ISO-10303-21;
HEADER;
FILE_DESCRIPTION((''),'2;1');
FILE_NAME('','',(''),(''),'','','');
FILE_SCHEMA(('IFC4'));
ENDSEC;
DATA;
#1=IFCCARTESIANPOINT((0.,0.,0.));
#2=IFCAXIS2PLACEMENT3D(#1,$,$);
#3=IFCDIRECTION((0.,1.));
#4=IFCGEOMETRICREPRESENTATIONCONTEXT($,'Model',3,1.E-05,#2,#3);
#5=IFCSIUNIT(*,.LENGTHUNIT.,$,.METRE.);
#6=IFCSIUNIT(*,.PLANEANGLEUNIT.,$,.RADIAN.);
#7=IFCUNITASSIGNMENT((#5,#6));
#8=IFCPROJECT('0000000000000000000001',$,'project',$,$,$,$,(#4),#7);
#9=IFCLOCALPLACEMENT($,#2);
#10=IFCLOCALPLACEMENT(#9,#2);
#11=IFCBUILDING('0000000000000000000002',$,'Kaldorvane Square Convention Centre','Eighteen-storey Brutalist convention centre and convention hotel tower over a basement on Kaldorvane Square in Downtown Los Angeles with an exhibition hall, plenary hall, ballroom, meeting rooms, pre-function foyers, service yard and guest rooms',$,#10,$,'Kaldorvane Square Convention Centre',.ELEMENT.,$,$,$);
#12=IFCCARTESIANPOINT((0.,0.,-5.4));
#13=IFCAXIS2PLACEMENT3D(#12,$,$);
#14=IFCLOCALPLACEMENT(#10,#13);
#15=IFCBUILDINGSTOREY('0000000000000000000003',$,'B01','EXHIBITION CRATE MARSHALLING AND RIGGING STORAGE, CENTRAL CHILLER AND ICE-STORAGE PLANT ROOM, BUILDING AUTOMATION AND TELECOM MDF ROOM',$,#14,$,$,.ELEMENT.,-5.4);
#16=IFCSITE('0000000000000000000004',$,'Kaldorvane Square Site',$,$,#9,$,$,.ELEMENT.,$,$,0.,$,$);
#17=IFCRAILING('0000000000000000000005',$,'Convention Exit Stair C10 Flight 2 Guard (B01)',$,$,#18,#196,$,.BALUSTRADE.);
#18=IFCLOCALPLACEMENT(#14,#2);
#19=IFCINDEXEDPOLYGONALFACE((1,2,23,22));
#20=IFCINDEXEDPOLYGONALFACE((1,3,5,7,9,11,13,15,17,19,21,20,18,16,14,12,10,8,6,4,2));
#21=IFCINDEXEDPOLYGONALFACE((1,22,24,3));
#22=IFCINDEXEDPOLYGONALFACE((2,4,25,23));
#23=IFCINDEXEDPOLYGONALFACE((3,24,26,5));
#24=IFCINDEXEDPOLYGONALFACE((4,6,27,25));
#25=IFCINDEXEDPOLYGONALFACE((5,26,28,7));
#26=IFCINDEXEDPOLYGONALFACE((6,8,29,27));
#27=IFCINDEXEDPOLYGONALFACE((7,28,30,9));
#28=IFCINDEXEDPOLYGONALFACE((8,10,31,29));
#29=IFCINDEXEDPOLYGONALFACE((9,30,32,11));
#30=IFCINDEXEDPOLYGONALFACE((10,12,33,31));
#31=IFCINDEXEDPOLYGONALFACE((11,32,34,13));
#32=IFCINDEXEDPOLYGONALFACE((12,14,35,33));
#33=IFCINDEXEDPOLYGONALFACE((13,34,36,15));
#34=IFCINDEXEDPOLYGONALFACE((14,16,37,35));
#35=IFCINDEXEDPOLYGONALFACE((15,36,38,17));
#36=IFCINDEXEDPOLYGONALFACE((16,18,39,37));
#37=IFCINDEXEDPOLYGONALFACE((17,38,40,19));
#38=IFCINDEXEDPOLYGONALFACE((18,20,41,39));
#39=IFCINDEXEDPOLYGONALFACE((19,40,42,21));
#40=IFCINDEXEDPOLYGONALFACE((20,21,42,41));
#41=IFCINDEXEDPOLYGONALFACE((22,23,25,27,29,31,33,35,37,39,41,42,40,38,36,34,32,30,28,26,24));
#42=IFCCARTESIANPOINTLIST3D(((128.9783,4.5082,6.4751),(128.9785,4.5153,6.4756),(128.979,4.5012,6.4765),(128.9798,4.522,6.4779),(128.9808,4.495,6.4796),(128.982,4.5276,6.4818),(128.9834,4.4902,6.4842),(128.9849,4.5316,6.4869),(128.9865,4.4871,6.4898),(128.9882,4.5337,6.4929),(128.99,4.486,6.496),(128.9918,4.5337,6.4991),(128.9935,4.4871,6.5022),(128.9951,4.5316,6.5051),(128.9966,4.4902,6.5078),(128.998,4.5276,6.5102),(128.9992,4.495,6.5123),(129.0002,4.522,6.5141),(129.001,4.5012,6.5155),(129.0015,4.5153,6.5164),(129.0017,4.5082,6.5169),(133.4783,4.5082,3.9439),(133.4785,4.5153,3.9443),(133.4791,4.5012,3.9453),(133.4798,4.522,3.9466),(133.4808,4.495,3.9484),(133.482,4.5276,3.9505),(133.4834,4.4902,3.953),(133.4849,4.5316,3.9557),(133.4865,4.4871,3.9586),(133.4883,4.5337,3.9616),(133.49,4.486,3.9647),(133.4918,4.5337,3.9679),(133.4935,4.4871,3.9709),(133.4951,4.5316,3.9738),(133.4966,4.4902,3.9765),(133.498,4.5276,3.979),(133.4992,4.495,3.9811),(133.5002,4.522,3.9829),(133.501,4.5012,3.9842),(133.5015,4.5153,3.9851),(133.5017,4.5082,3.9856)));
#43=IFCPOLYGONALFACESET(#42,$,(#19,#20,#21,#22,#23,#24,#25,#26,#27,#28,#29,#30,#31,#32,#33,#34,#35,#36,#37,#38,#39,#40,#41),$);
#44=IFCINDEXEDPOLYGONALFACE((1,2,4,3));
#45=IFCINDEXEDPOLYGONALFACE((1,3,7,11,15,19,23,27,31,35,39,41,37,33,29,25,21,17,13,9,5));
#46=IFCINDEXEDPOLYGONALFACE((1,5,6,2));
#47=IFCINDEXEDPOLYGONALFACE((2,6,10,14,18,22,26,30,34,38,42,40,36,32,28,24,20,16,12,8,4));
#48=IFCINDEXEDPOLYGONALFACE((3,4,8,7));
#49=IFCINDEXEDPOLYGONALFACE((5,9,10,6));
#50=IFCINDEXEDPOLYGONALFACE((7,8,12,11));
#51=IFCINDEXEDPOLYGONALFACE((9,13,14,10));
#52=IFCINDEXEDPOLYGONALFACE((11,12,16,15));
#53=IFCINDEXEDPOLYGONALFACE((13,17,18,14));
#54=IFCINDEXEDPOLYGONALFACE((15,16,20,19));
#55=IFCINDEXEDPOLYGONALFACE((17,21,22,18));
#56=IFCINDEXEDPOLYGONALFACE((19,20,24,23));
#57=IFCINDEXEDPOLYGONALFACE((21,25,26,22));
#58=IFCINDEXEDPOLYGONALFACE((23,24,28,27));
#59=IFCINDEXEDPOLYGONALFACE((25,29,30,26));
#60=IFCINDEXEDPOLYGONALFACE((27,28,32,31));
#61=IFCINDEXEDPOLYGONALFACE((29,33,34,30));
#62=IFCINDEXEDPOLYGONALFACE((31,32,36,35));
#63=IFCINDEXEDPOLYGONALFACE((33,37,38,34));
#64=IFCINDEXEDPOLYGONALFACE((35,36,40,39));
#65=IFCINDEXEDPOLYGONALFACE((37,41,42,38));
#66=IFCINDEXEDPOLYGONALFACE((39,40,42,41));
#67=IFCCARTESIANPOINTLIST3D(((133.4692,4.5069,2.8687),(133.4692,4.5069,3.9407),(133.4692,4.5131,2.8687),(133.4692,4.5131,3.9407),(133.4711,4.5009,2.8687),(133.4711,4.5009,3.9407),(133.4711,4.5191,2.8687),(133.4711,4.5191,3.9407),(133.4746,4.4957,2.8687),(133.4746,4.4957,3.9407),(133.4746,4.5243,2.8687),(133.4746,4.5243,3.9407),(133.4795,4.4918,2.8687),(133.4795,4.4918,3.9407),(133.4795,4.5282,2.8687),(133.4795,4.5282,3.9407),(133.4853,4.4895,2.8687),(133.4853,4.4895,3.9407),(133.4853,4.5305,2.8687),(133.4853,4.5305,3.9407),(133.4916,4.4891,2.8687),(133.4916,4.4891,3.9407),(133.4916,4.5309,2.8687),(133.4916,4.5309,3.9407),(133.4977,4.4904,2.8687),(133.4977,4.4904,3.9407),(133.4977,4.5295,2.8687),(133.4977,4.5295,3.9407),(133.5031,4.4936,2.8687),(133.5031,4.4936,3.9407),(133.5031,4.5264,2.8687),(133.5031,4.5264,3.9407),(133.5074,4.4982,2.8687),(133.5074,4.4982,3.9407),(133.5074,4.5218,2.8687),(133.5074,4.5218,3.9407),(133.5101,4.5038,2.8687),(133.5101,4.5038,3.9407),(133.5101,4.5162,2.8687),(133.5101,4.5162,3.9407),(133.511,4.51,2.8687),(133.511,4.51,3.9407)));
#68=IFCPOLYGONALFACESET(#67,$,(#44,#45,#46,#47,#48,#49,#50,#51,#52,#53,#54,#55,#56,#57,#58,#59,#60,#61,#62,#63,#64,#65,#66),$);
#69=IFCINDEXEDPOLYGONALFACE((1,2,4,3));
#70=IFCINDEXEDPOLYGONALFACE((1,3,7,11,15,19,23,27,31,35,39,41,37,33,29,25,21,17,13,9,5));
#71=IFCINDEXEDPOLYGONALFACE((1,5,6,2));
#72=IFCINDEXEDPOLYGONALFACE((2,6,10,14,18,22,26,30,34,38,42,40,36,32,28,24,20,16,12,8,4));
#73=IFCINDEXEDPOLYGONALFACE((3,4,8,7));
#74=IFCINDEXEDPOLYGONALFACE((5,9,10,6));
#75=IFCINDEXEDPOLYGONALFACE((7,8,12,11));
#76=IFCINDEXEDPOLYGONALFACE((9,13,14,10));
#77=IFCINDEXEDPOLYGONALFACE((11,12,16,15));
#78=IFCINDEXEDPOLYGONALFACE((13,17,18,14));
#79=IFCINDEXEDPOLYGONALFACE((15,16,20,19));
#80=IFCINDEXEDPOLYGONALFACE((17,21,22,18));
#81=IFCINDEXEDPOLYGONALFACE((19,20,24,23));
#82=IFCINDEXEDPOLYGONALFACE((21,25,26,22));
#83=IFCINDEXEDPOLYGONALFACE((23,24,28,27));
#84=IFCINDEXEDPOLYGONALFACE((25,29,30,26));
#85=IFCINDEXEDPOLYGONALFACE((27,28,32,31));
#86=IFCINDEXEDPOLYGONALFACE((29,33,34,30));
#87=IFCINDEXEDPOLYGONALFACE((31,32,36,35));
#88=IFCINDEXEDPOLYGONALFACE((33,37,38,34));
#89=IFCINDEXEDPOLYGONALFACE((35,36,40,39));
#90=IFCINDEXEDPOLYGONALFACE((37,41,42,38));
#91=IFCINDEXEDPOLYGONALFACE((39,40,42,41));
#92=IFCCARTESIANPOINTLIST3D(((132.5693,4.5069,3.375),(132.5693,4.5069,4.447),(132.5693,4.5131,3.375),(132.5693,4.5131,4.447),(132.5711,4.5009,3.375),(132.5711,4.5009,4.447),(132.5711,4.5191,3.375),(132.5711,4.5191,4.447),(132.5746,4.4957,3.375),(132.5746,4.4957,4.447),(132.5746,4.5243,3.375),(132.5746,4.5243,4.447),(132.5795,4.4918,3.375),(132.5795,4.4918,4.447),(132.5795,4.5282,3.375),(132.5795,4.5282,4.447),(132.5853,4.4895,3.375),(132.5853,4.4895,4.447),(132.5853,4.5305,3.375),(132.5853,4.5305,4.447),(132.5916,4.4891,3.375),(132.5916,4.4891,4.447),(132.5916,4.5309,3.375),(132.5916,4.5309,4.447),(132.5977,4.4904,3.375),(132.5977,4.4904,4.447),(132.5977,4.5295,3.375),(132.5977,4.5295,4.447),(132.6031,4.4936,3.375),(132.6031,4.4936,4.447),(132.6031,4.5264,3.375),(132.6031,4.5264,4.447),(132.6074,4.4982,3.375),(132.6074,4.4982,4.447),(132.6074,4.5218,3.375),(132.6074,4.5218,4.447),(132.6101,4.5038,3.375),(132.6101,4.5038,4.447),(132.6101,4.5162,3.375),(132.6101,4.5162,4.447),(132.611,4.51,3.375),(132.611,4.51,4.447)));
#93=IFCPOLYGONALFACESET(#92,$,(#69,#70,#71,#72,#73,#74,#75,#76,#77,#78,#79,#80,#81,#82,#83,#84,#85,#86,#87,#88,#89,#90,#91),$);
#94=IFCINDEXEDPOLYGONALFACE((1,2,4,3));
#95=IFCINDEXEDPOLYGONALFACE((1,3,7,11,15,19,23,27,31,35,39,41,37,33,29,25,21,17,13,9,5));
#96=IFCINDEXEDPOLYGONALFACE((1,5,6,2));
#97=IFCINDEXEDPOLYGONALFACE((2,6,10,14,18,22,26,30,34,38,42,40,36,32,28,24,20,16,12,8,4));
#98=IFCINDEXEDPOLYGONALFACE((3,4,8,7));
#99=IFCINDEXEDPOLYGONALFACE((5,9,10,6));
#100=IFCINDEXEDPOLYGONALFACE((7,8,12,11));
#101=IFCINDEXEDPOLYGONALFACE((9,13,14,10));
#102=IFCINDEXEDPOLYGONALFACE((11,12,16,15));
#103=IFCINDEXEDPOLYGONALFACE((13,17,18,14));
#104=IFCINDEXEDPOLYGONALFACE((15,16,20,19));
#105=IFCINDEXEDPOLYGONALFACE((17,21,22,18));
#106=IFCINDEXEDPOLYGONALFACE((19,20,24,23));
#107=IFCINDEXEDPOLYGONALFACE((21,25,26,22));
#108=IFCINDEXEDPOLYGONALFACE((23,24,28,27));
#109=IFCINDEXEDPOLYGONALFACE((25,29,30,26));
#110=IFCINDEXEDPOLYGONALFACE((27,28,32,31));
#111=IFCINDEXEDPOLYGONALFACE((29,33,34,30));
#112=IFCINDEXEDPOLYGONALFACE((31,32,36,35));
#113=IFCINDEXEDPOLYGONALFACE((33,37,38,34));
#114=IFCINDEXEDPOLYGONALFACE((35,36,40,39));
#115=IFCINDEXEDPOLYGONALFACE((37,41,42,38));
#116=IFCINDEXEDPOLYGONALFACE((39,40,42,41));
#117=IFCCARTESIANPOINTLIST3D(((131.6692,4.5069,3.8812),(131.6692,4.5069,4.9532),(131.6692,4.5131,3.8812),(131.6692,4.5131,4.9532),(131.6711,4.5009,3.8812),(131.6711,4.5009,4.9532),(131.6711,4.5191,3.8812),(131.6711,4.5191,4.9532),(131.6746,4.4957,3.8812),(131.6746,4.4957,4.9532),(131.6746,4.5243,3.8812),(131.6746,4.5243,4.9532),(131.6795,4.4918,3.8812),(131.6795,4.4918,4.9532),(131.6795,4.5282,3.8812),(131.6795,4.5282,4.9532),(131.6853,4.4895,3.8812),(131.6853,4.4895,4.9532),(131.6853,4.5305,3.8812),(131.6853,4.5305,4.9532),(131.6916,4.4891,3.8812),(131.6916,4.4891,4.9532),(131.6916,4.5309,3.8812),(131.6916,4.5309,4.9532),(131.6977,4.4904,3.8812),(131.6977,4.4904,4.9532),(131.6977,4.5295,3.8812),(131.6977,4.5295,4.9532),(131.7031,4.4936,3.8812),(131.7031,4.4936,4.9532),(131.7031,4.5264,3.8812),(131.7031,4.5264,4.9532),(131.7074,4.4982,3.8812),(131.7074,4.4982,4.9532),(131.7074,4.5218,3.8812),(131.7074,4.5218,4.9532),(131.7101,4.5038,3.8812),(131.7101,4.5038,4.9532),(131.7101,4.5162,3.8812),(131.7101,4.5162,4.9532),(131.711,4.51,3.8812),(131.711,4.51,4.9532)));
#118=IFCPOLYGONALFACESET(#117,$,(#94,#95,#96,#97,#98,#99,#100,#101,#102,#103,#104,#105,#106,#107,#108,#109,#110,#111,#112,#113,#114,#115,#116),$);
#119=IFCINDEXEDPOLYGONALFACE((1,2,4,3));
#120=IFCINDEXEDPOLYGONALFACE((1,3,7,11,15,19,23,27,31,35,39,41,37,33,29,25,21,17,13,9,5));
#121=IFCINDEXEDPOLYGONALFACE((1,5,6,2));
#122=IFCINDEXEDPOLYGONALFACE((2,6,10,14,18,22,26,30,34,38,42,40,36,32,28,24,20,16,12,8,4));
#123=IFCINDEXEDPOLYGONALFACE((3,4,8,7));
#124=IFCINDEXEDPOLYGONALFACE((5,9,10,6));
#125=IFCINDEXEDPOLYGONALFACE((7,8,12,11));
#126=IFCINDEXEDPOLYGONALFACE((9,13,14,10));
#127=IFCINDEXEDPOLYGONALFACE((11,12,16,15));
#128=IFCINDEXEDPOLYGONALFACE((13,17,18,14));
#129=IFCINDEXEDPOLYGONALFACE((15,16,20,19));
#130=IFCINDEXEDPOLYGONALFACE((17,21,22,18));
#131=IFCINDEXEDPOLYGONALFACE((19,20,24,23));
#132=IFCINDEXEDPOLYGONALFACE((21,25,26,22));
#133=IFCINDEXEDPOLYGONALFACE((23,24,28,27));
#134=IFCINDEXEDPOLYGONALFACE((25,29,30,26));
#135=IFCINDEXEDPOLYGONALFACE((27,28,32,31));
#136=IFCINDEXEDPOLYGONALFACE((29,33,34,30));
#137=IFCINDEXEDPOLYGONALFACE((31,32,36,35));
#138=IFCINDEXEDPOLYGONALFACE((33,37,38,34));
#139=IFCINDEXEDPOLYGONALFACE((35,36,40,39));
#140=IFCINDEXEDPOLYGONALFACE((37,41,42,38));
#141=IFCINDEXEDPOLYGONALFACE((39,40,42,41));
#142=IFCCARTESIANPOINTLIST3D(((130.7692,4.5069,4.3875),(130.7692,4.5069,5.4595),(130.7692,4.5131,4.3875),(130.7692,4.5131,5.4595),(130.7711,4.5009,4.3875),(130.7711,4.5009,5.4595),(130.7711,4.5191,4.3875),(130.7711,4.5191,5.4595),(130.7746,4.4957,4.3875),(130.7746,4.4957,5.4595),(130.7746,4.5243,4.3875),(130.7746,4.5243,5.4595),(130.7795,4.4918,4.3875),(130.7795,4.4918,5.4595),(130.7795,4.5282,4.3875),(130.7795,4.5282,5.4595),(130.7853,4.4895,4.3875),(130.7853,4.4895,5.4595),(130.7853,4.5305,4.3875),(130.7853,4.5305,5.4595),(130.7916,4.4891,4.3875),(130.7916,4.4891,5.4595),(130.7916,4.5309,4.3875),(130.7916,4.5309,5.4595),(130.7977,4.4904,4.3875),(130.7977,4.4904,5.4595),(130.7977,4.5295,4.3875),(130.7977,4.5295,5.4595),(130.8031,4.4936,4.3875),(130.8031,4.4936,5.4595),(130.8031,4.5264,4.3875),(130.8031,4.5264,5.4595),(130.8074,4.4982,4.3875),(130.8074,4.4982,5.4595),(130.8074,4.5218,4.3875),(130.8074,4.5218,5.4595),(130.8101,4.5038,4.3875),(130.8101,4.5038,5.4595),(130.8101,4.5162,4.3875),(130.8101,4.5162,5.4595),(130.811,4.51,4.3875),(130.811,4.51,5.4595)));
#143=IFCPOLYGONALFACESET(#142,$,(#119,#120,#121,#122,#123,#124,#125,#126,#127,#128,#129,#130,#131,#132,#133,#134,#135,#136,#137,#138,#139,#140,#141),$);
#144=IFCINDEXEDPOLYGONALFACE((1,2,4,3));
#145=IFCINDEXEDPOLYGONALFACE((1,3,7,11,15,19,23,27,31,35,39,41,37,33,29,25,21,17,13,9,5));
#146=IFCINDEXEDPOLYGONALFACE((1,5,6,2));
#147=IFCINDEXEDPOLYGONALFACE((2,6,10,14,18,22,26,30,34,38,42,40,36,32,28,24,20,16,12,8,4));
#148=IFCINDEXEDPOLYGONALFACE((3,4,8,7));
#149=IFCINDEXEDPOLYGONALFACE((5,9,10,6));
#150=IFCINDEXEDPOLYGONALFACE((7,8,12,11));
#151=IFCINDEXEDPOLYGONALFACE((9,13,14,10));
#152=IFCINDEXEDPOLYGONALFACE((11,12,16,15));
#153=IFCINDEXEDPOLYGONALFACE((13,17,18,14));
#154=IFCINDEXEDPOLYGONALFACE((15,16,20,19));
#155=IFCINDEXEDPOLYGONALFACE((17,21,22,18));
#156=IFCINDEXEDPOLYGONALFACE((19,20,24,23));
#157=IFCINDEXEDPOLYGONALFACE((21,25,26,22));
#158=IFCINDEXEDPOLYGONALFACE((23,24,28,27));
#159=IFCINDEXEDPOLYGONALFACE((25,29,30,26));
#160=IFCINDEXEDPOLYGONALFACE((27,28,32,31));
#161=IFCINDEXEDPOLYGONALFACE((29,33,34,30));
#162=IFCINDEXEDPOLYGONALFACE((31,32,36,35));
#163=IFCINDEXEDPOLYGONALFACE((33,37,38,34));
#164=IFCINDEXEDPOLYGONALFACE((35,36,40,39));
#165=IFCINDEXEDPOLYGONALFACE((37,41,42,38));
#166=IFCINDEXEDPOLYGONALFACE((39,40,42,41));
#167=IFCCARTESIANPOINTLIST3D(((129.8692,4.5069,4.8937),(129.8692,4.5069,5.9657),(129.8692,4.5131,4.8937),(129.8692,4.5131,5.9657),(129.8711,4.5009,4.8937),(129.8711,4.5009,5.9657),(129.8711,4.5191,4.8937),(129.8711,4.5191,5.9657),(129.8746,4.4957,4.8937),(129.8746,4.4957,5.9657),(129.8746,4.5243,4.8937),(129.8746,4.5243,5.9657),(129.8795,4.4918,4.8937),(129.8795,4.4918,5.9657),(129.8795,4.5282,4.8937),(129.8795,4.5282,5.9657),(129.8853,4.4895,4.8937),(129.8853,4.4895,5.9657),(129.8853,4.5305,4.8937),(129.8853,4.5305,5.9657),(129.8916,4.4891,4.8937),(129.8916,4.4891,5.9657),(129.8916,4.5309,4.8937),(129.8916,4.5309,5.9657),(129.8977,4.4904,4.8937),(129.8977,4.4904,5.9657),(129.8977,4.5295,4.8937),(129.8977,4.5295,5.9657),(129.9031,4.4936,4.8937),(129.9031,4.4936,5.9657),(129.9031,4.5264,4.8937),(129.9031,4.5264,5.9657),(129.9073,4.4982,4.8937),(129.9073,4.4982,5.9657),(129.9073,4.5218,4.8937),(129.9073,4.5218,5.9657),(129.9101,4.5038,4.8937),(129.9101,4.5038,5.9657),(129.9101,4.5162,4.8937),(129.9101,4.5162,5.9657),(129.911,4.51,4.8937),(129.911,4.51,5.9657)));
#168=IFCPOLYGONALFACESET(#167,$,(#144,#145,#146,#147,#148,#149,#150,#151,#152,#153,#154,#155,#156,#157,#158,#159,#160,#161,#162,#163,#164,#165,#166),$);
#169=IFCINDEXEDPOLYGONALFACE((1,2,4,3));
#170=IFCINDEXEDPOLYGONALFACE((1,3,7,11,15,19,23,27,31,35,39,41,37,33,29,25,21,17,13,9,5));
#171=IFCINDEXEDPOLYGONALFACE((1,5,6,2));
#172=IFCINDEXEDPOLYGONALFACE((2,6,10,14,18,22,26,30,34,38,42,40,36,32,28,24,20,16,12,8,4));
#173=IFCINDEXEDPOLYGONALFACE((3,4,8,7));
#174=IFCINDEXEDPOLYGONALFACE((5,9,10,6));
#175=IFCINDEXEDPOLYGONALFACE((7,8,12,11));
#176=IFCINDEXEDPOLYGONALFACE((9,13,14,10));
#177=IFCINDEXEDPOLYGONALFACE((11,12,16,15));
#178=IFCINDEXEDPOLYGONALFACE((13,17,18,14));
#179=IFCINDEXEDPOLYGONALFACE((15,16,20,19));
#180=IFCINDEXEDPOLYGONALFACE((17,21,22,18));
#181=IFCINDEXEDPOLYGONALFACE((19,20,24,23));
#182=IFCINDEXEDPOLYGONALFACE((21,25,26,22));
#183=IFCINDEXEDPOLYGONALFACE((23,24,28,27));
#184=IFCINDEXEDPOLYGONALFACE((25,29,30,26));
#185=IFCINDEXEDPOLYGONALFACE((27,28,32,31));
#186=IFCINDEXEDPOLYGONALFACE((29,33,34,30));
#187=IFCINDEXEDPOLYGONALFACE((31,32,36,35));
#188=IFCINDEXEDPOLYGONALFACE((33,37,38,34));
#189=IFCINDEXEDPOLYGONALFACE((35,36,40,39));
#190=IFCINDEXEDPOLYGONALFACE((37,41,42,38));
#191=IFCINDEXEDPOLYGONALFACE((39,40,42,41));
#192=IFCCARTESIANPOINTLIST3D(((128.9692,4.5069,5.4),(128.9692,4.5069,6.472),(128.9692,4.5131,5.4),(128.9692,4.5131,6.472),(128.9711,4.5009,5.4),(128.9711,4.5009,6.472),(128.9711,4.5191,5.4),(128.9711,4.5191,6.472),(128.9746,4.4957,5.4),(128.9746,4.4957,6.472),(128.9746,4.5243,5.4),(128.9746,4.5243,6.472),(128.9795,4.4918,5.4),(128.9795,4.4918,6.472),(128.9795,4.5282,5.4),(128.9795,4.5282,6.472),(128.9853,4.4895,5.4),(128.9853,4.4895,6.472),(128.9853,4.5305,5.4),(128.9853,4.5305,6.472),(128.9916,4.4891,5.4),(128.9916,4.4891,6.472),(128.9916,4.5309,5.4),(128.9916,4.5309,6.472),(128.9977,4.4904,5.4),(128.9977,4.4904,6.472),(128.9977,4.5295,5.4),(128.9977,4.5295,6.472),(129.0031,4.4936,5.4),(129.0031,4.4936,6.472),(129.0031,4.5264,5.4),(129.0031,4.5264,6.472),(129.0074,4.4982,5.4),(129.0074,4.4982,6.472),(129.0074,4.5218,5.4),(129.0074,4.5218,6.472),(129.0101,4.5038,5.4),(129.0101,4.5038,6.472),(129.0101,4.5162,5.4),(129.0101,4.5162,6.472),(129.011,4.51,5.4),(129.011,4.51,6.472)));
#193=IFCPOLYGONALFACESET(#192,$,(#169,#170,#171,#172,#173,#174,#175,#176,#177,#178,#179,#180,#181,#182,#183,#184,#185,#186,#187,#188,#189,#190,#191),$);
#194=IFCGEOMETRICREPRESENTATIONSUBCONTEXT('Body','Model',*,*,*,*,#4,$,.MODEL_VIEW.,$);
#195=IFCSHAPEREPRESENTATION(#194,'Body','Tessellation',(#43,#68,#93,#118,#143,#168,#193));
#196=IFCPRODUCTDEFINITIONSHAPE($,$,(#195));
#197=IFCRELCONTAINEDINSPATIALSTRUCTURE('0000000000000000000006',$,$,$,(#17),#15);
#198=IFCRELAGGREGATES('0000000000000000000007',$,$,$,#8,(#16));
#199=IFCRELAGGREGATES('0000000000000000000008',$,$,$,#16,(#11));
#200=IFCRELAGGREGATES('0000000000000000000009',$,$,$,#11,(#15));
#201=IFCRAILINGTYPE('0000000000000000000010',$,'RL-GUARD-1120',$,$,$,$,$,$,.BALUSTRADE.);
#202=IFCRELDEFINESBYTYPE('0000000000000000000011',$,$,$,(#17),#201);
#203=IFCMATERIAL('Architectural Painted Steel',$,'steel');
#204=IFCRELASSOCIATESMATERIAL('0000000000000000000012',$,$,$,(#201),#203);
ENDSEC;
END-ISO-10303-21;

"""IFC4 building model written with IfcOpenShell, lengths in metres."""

from ifc_helpers import new_model, si_unit, direction, frame, origin, origin_2d, place, context, subcontext, project, spatial, circle, extrude, material, type_object, element, save


model = new_model("IFC4")

# Units and contexts
model_context = context("Model", 3, precision=1e-05, world=origin(), true_north=direction((0.0, 1.0)))
body_context = subcontext(model_context, "Body", "Model", "MODEL_VIEW")
ifc_project = project(units=[si_unit("LENGTHUNIT", "METRE"), si_unit("PLANEANGLEUNIT", "RADIAN")], contexts=[model_context])

# Site, building, storey
site_placement = place(None, origin())
site = spatial("IfcSite", under=ifc_project, at=site_placement, Name="Kaldorvane Square Site", CompositionType="ELEMENT", RefElevation=0.0)
building_placement = place(site_placement, origin())
building = spatial("IfcBuilding", under=site, at=building_placement, Name="Kaldorvane Square Convention Centre", Description="Eighteen-storey Brutalist convention centre and convention hotel tower over a basement on Kaldorvane Square in Downtown Los Angeles with an exhibition hall, plenary hall, ballroom, meeting rooms, pre-function foyers, service yard and guest rooms", LongName="Kaldorvane Square Convention Centre", CompositionType="ELEMENT")
storey_placement = place(building_placement, frame((0.0, 0.0, -5.4)))
storey = spatial("IfcBuildingStorey", under=building, at=storey_placement, Name="B01", Description="EXHIBITION CRATE MARSHALLING AND RIGGING STORAGE, CENTRAL CHILLER AND ICE-STORAGE PLANT ROOM, BUILDING AUTOMATION AND TELECOM MDF ROOM", CompositionType="ELEMENT", Elevation=-5.4)

# Railing
ifc_material_1 = material(Name="Architectural Painted Steel", Category="steel")
railing_type = type_object("IfcRailingType", Name="RL-GUARD-1120", PredefinedType="BALUSTRADE", material=ifc_material_1)
railing_1_placement = place(storey_placement, frame((133.49, 4.51, 2.8687)))
element("IfcRailing", 1, at=railing_1_placement, inside=storey, type_object=railing_type, Name="Convention Exit Stair C10 Flight 2 Guard (B01)", PredefinedType="BALUSTRADE", context=body_context, shape_type="SweptSolid", body=[
    extrude(circle(Radius=0.024, at=origin_2d()), frame((0.0, 0.0, 1.096), z_axis=(-0.871576, 0.0, 0.490261), x_axis=(0.0, -1.0, 0.0)), (0.0, 0.0, 1.0), 5.1631),
    extrude(circle(Radius=0.021, at=origin_2d()), origin(), (0.0, 0.0, 1.0), 1.072),
    extrude(circle(Radius=0.021, at=origin_2d()), frame((-0.9, 0.0, 0.5063)), (0.0, 0.0, 1.0), 1.072),
    extrude(circle(Radius=0.021, at=origin_2d()), frame((-1.8, 0.0, 1.0125)), (0.0, 0.0, 1.0), 1.072),
    extrude(circle(Radius=0.021, at=origin_2d()), frame((-2.7, 0.0, 1.5188)), (0.0, 0.0, 1.0), 1.072),
    extrude(circle(Radius=0.021, at=origin_2d()), frame((-3.6, 0.0, 2.025)), (0.0, 0.0, 1.0), 1.072),
    extrude(circle(Radius=0.021, at=origin_2d()), frame((-4.5, 0.0, 2.5312)), (0.0, 0.0, 1.0), 1.072),
])

save(model, "model.ifc")
